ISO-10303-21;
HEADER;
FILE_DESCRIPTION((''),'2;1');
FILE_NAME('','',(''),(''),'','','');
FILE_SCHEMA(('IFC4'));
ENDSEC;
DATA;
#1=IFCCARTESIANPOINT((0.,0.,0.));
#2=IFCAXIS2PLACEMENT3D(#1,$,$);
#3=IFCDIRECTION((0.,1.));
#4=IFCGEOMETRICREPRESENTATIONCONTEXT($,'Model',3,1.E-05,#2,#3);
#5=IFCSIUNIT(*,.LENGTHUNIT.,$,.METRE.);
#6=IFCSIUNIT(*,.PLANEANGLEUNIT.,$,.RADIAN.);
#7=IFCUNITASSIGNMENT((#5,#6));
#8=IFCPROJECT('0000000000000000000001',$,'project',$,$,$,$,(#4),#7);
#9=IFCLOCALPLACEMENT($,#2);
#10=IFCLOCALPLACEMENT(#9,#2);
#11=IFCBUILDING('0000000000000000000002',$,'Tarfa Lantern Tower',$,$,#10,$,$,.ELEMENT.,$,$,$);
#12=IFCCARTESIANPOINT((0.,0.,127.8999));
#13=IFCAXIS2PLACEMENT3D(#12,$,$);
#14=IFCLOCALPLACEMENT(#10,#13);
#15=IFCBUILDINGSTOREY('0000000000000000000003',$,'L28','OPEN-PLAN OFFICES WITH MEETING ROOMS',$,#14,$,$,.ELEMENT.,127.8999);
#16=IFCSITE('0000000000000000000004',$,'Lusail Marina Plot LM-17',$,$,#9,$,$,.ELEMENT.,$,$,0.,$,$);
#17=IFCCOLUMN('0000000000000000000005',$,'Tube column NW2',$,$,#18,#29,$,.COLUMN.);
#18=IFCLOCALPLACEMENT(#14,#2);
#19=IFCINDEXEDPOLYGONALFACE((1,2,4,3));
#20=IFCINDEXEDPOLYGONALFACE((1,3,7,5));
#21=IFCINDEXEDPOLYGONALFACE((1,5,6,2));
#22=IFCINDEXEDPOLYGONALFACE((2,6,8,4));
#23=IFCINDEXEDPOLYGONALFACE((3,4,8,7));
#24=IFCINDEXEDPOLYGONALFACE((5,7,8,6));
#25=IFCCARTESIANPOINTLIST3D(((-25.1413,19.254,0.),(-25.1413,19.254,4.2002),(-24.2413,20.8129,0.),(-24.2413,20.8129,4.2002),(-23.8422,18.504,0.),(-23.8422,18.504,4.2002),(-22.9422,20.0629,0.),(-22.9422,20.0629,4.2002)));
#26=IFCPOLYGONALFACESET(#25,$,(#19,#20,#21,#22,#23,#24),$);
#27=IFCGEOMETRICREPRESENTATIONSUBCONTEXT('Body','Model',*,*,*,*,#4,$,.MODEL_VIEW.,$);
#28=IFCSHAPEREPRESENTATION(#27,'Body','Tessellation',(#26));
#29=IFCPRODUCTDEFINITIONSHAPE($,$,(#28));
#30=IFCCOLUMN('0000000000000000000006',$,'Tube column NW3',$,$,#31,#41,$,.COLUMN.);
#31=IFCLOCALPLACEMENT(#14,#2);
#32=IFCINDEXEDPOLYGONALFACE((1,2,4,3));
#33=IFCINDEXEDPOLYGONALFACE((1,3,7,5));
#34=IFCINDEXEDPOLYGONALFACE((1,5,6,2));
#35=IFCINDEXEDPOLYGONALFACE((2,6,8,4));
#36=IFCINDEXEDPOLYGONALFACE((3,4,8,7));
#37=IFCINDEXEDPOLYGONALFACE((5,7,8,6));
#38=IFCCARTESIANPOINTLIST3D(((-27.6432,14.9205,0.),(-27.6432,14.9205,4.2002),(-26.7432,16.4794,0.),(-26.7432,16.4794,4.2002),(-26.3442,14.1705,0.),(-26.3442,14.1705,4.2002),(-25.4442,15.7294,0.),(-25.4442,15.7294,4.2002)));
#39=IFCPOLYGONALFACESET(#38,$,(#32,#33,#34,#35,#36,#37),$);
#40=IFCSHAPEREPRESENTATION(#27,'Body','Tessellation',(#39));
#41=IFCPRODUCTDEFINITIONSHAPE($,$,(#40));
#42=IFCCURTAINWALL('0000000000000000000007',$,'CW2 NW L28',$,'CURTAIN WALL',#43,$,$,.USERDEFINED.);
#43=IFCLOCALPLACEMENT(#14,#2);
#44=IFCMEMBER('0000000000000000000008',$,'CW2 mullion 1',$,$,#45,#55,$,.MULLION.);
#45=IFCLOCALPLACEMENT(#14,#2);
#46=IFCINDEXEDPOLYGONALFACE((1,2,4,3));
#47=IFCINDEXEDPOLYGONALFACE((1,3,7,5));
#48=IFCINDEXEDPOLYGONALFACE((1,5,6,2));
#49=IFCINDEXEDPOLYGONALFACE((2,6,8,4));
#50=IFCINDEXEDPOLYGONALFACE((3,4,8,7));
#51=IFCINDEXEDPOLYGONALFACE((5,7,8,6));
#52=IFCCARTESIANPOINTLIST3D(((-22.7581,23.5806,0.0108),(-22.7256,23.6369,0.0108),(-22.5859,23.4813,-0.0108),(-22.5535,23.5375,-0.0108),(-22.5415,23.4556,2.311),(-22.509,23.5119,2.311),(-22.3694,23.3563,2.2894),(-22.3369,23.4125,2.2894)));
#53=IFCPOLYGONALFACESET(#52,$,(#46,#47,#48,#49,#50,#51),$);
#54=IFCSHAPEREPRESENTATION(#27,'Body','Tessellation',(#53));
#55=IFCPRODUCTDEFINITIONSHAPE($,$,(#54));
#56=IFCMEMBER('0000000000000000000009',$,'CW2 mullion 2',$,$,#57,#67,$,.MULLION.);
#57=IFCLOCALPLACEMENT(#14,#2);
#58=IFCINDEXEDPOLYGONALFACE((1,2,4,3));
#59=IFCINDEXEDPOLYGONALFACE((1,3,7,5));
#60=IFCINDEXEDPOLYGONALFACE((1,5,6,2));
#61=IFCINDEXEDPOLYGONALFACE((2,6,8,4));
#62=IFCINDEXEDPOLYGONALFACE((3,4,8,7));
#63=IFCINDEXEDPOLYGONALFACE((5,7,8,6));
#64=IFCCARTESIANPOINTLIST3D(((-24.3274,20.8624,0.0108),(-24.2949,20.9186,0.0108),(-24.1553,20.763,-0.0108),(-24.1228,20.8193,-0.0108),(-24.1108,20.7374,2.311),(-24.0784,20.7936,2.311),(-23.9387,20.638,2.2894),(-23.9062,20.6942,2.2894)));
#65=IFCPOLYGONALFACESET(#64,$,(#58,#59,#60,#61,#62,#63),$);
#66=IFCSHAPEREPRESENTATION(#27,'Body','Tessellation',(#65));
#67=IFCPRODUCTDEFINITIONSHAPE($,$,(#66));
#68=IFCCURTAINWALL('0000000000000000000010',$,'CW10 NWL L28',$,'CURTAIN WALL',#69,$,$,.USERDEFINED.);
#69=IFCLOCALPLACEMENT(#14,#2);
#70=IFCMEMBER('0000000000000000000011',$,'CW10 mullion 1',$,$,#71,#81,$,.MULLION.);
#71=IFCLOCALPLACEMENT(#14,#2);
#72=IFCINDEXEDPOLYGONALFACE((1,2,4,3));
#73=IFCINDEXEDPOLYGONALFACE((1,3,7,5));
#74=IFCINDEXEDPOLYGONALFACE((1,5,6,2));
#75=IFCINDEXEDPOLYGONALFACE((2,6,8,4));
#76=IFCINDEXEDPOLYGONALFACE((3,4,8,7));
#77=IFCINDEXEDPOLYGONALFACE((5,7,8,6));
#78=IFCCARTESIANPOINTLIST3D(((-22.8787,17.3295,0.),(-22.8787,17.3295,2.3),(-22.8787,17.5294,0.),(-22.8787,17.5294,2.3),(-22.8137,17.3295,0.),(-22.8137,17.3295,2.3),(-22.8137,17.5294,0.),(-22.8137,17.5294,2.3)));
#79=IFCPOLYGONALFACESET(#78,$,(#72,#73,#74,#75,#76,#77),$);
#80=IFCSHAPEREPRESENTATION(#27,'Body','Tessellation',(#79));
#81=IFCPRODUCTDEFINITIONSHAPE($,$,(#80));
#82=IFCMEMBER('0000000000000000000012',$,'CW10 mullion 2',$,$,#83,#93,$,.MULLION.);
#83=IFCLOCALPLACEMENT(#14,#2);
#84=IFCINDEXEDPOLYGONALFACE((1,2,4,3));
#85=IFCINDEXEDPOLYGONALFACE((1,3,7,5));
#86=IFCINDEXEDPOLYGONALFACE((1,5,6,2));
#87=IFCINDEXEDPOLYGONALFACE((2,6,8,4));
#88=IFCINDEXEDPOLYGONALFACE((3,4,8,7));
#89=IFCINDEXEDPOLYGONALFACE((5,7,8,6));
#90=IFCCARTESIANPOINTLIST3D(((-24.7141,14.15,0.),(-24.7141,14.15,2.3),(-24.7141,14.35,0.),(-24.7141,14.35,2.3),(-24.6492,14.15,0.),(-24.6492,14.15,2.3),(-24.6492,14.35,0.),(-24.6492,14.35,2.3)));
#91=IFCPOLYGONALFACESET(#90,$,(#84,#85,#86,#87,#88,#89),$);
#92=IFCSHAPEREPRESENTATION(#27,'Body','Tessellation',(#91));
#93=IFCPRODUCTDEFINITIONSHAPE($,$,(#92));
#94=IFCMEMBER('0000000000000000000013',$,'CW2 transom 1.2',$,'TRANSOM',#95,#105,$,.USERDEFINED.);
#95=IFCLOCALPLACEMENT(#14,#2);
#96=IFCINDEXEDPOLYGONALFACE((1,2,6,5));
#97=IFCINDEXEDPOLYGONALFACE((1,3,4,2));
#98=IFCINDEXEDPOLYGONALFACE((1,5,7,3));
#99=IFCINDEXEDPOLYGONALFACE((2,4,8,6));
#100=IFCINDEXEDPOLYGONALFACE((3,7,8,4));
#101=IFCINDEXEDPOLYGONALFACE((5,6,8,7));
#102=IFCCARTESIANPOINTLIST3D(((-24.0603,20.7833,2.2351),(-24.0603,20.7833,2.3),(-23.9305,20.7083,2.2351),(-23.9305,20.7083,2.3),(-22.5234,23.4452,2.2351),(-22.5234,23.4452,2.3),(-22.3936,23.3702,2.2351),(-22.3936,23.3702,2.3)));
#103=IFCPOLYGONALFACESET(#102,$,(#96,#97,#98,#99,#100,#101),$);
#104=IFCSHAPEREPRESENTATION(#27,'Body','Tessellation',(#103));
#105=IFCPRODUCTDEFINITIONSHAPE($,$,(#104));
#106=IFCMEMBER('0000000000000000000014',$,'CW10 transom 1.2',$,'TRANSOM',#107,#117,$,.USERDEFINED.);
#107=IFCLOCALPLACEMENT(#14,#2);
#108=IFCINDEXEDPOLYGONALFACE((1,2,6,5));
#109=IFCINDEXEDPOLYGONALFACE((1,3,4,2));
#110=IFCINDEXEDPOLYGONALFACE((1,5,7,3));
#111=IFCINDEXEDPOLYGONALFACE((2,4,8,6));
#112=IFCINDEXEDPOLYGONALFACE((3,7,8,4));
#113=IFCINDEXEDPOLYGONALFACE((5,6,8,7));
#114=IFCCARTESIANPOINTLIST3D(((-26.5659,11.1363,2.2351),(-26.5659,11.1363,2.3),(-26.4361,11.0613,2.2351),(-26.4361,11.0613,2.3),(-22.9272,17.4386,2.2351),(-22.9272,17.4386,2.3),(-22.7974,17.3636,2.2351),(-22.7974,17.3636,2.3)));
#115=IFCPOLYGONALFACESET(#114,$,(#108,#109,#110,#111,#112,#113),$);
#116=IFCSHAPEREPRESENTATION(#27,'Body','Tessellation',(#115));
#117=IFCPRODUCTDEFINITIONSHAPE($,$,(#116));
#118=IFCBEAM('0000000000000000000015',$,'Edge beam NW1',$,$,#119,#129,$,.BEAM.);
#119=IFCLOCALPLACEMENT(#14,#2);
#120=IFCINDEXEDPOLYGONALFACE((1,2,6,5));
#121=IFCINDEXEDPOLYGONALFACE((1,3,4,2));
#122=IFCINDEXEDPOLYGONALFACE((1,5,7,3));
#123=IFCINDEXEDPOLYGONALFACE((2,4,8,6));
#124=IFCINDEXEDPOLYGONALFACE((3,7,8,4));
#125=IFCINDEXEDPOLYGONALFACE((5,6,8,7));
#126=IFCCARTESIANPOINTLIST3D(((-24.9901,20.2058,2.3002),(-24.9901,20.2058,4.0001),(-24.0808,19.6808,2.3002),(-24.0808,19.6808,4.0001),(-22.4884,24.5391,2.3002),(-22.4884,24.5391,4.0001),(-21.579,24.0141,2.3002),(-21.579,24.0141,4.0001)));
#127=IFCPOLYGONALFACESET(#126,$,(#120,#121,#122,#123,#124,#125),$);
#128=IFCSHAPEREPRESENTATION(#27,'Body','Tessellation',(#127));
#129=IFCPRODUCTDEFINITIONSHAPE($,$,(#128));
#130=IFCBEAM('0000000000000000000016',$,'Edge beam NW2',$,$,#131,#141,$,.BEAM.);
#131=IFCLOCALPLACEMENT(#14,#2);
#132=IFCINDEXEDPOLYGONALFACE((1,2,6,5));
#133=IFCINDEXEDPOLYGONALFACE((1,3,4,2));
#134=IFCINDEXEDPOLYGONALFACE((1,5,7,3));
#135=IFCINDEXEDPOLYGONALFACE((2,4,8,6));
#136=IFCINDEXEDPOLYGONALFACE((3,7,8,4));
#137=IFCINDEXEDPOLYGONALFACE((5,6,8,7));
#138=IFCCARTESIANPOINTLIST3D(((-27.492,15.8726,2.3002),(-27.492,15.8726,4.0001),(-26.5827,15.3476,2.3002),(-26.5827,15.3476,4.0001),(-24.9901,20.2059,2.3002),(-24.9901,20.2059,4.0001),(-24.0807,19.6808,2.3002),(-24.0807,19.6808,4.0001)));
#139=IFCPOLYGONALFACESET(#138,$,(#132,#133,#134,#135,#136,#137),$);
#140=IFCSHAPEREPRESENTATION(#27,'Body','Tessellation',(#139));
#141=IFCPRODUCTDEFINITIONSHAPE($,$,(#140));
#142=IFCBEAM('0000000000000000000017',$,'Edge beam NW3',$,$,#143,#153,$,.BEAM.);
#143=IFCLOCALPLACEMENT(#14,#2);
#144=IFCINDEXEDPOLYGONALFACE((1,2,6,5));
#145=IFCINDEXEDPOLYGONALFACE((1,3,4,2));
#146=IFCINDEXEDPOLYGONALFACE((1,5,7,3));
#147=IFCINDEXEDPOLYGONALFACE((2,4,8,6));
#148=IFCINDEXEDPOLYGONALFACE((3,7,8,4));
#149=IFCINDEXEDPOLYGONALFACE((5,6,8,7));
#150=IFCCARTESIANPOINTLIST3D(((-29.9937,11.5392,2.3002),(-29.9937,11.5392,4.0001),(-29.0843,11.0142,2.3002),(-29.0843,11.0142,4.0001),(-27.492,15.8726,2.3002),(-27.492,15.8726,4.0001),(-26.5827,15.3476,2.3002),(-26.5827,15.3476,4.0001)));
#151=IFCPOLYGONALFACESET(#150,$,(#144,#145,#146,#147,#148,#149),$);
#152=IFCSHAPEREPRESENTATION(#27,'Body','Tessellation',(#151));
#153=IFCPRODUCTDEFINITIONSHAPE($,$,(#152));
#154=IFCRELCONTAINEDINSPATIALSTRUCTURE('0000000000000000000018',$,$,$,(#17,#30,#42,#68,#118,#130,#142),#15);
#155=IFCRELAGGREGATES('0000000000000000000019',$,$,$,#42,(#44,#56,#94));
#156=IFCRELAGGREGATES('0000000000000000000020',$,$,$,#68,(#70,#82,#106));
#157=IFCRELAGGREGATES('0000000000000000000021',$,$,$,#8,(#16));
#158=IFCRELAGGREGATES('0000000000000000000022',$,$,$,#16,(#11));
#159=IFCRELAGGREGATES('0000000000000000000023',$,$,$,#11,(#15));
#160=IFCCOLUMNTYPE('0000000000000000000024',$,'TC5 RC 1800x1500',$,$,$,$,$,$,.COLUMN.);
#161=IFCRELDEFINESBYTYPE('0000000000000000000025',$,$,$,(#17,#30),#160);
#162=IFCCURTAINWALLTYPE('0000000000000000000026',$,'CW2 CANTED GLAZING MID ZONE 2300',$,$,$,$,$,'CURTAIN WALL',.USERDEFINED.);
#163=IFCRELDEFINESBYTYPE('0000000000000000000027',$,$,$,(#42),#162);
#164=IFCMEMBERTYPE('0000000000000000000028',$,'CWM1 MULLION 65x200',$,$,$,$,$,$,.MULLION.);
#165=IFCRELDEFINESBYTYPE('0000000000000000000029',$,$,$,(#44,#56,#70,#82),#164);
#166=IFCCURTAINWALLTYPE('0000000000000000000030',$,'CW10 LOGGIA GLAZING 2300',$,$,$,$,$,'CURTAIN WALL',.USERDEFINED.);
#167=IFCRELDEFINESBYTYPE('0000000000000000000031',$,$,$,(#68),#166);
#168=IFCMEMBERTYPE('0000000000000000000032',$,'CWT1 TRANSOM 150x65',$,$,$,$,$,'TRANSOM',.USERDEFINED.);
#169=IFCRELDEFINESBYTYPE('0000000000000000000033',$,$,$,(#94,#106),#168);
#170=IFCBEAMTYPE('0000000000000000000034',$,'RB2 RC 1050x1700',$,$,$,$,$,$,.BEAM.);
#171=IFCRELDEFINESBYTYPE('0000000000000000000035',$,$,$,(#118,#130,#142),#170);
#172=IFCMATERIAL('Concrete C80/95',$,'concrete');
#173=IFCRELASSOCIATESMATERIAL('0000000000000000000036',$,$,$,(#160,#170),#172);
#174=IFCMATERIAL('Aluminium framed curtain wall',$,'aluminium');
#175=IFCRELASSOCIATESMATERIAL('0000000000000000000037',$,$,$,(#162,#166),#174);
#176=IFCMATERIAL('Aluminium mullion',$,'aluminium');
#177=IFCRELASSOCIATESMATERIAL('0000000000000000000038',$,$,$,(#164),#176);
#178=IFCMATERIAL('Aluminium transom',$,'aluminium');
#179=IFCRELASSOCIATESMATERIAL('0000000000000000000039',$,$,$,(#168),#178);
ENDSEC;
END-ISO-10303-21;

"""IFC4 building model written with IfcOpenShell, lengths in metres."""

from ifc_helpers import new_model, si_unit, direction, frame, origin, origin_2d, place, context, subcontext, project, spatial, rectangle, extrude, material, material_profile, profile_set, type_object, element, aggregate, save


model = new_model("IFC4")

# Units and contexts
model_context = context("Model", 3, precision=1e-05, world=origin(), true_north=direction((0.0, 1.0)))
body_context = subcontext(model_context, "Body", "Model", "MODEL_VIEW")
ifc_project = project(units=[si_unit("LENGTHUNIT", "METRE"), si_unit("PLANEANGLEUNIT", "RADIAN")], contexts=[model_context])

# Site, building, storey
site_placement = place(None, origin())
site = spatial("IfcSite", under=ifc_project, at=site_placement, Name="Lusail Marina Plot LM-17", CompositionType="ELEMENT", RefElevation=0.0)
building_placement = place(site_placement, origin())
building = spatial("IfcBuilding", under=site, at=building_placement, Name="Tarfa Lantern Tower", CompositionType="ELEMENT")
storey_placement = place(building_placement, frame((0.0, 0.0, 127.8999)))
storey = spatial("IfcBuildingStorey", under=building, at=storey_placement, Name="L28", Description="OPEN-PLAN OFFICES WITH MEETING ROOMS", CompositionType="ELEMENT", Elevation=127.8999)

# Columns
ifc_material_1 = material(Name="Concrete C80/95", Category="concrete")
ifc_material_profile_1 = material_profile(ifc_material_1, rectangle(XDim=1.8, YDim=1.5, at=origin_2d()), Name="RC 1800x1500")
ifc_profile_set_1 = profile_set([ifc_material_profile_1], Name="Concrete C80/95")
column_type = type_object("IfcColumnType", Name="TC5 RC 1800x1500", PredefinedType="COLUMN", material=ifc_profile_set_1)
for number, where, z_axis, x_axis, name in (
    (1, (-24.0417, 19.6584, 0.0), (0.0, 0.0, 1.0), (-0.5, -0.866025, 0.0), "Tube column NW2"),
    (2, (-26.5437, 15.325, 0.0), (0.0, 0.0, 1.0), (-0.5, -0.866025, 0.0), "Tube column NW3"),
):
    element("IfcColumn", number, at=place(storey_placement, frame(where, z_axis=z_axis, x_axis=x_axis)), inside=storey, type_object=column_type, Name=name, PredefinedType="COLUMN", context=body_context, shape_type="SweptSolid", body=[
        extrude(rectangle(XDim=1.8, YDim=1.5, at=origin_2d()), origin(), (0.0, 0.0, 1.0), 4.2002),
    ])

# Curtain walls, members
ifc_material_2 = material(Name="Aluminium framed curtain wall", Category="aluminium")
curtain_wall_type_1 = type_object("IfcCurtainWallType", Name="CW2 CANTED GLAZING MID ZONE 2300", ElementType="CURTAIN WALL", PredefinedType="USERDEFINED", material=ifc_material_2)
curtain_wall_1_placement = place(storey_placement, origin())
curtain_wall_1 = element("IfcCurtainWall", 3, at=curtain_wall_1_placement, inside=storey, type_object=curtain_wall_type_1, Name="CW2 NW L28", ObjectType="CURTAIN WALL", PredefinedType="USERDEFINED")
ifc_material_3 = material(Name="Aluminium mullion", Category="aluminium")
ifc_material_profile_2 = material_profile(ifc_material_3, rectangle(XDim=0.0649, YDim=0.2, at=origin_2d()), Name="AL MULLION 65x200")
ifc_profile_set_2 = profile_set([ifc_material_profile_2], Name="Aluminium mullion")
member_type_1 = type_object("IfcMemberType", Name="CWM1 MULLION 65x200", PredefinedType="MULLION", material=ifc_profile_set_2)
member_1_placement = place(storey_placement, frame((-22.6558, 23.5591, 0.0), z_axis=(0.0936, -0.054028, 0.994143), x_axis=(0.49992, 0.866072, 0.0)))
member_1 = element("IfcMember", 4, at=member_1_placement, type_object=member_type_1, Name="CW2 mullion 1", PredefinedType="MULLION", context=body_context, shape_type="SweptSolid", body=[
    extrude(rectangle(XDim=0.0649, YDim=0.2, at=origin_2d()), origin(), (0.0, 0.0, 1.0), 2.3137),
])
member_2_placement = place(storey_placement, frame((-24.2251, 20.8408, 0.0), z_axis=(0.0936, -0.054028, 0.994143), x_axis=(0.49992, 0.866072, 0.0)))
member_2 = element("IfcMember", 5, at=member_2_placement, type_object=member_type_1, Name="CW2 mullion 2", PredefinedType="MULLION", context=body_context, shape_type="SweptSolid", body=[
    extrude(rectangle(XDim=0.0649, YDim=0.2, at=origin_2d()), origin(), (0.0, 0.0, 1.0), 2.3137),
])
curtain_wall_type_2 = type_object("IfcCurtainWallType", Name="CW10 LOGGIA GLAZING 2300", ElementType="CURTAIN WALL", PredefinedType="USERDEFINED", material=ifc_material_2)
curtain_wall_2_placement = place(storey_placement, origin())
curtain_wall_2 = element("IfcCurtainWall", 6, at=curtain_wall_2_placement, inside=storey, type_object=curtain_wall_type_2, Name="CW10 NWL L28", ObjectType="CURTAIN WALL", PredefinedType="USERDEFINED")
member_3_placement = place(storey_placement, frame((-22.8462, 17.4294, 0.0), z_axis=(0.0, 0.0, 1.0), x_axis=(1.0, 0.0, 0.0)))
member_3 = element("IfcMember", 7, at=member_3_placement, type_object=member_type_1, Name="CW10 mullion 1", PredefinedType="MULLION", context=body_context, shape_type="SweptSolid", body=[
    extrude(rectangle(XDim=0.0649, YDim=0.2, at=origin_2d()), origin(), (0.0, 0.0, 1.0), 2.3),
])
member_4_placement = place(storey_placement, frame((-24.6816, 14.25, 0.0), z_axis=(0.0, 0.0, 1.0), x_axis=(1.0, 0.0, 0.0)))
member_4 = element("IfcMember", 8, at=member_4_placement, type_object=member_type_1, Name="CW10 mullion 2", PredefinedType="MULLION", context=body_context, shape_type="SweptSolid", body=[
    extrude(rectangle(XDim=0.0649, YDim=0.2, at=origin_2d()), origin(), (0.0, 0.0, 1.0), 2.3),
])

# Members
ifc_material_4 = material(Name="Aluminium transom", Category="aluminium")
ifc_material_profile_3 = material_profile(ifc_material_4, rectangle(XDim=0.1499, YDim=0.0649, at=origin_2d()), Name="AL TRANSOM 150x65")
ifc_profile_set_3 = profile_set([ifc_material_profile_3], Name="Aluminium transom")
member_type_2 = type_object("IfcMemberType", Name="CWT1 TRANSOM 150x65", ElementType="TRANSOM", PredefinedType="USERDEFINED", material=ifc_profile_set_3)
member_5_placement = place(storey_placement, frame((-22.4585, 23.4077, 2.2676), z_axis=(-0.500009, -0.86602, 0.0), x_axis=(0.86602, -0.500009, 0.0)))
member_5 = element("IfcMember", 9, at=member_5_placement, type_object=member_type_2, Name="CW2 transom 1.2", ObjectType="TRANSOM", PredefinedType="USERDEFINED", context=body_context, shape_type="SweptSolid", body=[
    extrude(rectangle(XDim=0.1499, YDim=0.0649, at=origin_2d()), origin(), (0.0, 0.0, 1.0), 3.0737),
])
member_6_placement = place(storey_placement, frame((-22.8623, 17.4011, 2.2676), z_axis=(-0.500007, -0.866021, 0.0), x_axis=(0.866021, -0.500007, 0.0)))
member_6 = element("IfcMember", 10, at=member_6_placement, type_object=member_type_2, Name="CW10 transom 1.2", ObjectType="TRANSOM", PredefinedType="USERDEFINED", context=body_context, shape_type="SweptSolid", body=[
    extrude(rectangle(XDim=0.1499, YDim=0.0649, at=origin_2d()), origin(), (0.0, 0.0, 1.0), 7.2773),
])

# Beams
ifc_material_profile_4 = material_profile(ifc_material_1, rectangle(XDim=1.05, YDim=1.7, at=origin_2d()), Name="RC 1050x1700")
ifc_profile_set_4 = profile_set([ifc_material_profile_4], Name="Concrete C80/95")
beam_type_1 = type_object("IfcBeamType", Name="RB2 RC 1050x1700", PredefinedType="BEAM", material=ifc_profile_set_4)
for number, where, z_axis, x_axis, name in (
    (11, (-22.0337, 24.2766, 3.1501), (-0.499986, -0.866034, 0.0), (0.866034, -0.499986, 0.0), "Edge beam NW1"),
    (12, (-24.5354, 19.9434, 3.1501), (-0.500022, -0.866013, 0.0), (0.866013, -0.500022, 0.0), "Edge beam NW2"),
    (13, (-27.0374, 15.6101, 3.1501), (-0.499965, -0.866046, 0.0), (0.866046, -0.499965, 0.0), "Edge beam NW3"),
):
    element("IfcBeam", number, at=place(storey_placement, frame(where, z_axis=z_axis, x_axis=x_axis)), inside=storey, type_object=beam_type_1, Name=name, PredefinedType="BEAM", context=body_context, shape_type="SweptSolid", body=[
        extrude(rectangle(XDim=1.05, YDim=1.7, at=origin_2d()), origin(), (0.0, 0.0, 1.0), 5.0037),
    ])

aggregate(curtain_wall_1, [member_1, member_2, member_5])
aggregate(curtain_wall_2, [member_3, member_4, member_6])

save(model, "model.ifc")
